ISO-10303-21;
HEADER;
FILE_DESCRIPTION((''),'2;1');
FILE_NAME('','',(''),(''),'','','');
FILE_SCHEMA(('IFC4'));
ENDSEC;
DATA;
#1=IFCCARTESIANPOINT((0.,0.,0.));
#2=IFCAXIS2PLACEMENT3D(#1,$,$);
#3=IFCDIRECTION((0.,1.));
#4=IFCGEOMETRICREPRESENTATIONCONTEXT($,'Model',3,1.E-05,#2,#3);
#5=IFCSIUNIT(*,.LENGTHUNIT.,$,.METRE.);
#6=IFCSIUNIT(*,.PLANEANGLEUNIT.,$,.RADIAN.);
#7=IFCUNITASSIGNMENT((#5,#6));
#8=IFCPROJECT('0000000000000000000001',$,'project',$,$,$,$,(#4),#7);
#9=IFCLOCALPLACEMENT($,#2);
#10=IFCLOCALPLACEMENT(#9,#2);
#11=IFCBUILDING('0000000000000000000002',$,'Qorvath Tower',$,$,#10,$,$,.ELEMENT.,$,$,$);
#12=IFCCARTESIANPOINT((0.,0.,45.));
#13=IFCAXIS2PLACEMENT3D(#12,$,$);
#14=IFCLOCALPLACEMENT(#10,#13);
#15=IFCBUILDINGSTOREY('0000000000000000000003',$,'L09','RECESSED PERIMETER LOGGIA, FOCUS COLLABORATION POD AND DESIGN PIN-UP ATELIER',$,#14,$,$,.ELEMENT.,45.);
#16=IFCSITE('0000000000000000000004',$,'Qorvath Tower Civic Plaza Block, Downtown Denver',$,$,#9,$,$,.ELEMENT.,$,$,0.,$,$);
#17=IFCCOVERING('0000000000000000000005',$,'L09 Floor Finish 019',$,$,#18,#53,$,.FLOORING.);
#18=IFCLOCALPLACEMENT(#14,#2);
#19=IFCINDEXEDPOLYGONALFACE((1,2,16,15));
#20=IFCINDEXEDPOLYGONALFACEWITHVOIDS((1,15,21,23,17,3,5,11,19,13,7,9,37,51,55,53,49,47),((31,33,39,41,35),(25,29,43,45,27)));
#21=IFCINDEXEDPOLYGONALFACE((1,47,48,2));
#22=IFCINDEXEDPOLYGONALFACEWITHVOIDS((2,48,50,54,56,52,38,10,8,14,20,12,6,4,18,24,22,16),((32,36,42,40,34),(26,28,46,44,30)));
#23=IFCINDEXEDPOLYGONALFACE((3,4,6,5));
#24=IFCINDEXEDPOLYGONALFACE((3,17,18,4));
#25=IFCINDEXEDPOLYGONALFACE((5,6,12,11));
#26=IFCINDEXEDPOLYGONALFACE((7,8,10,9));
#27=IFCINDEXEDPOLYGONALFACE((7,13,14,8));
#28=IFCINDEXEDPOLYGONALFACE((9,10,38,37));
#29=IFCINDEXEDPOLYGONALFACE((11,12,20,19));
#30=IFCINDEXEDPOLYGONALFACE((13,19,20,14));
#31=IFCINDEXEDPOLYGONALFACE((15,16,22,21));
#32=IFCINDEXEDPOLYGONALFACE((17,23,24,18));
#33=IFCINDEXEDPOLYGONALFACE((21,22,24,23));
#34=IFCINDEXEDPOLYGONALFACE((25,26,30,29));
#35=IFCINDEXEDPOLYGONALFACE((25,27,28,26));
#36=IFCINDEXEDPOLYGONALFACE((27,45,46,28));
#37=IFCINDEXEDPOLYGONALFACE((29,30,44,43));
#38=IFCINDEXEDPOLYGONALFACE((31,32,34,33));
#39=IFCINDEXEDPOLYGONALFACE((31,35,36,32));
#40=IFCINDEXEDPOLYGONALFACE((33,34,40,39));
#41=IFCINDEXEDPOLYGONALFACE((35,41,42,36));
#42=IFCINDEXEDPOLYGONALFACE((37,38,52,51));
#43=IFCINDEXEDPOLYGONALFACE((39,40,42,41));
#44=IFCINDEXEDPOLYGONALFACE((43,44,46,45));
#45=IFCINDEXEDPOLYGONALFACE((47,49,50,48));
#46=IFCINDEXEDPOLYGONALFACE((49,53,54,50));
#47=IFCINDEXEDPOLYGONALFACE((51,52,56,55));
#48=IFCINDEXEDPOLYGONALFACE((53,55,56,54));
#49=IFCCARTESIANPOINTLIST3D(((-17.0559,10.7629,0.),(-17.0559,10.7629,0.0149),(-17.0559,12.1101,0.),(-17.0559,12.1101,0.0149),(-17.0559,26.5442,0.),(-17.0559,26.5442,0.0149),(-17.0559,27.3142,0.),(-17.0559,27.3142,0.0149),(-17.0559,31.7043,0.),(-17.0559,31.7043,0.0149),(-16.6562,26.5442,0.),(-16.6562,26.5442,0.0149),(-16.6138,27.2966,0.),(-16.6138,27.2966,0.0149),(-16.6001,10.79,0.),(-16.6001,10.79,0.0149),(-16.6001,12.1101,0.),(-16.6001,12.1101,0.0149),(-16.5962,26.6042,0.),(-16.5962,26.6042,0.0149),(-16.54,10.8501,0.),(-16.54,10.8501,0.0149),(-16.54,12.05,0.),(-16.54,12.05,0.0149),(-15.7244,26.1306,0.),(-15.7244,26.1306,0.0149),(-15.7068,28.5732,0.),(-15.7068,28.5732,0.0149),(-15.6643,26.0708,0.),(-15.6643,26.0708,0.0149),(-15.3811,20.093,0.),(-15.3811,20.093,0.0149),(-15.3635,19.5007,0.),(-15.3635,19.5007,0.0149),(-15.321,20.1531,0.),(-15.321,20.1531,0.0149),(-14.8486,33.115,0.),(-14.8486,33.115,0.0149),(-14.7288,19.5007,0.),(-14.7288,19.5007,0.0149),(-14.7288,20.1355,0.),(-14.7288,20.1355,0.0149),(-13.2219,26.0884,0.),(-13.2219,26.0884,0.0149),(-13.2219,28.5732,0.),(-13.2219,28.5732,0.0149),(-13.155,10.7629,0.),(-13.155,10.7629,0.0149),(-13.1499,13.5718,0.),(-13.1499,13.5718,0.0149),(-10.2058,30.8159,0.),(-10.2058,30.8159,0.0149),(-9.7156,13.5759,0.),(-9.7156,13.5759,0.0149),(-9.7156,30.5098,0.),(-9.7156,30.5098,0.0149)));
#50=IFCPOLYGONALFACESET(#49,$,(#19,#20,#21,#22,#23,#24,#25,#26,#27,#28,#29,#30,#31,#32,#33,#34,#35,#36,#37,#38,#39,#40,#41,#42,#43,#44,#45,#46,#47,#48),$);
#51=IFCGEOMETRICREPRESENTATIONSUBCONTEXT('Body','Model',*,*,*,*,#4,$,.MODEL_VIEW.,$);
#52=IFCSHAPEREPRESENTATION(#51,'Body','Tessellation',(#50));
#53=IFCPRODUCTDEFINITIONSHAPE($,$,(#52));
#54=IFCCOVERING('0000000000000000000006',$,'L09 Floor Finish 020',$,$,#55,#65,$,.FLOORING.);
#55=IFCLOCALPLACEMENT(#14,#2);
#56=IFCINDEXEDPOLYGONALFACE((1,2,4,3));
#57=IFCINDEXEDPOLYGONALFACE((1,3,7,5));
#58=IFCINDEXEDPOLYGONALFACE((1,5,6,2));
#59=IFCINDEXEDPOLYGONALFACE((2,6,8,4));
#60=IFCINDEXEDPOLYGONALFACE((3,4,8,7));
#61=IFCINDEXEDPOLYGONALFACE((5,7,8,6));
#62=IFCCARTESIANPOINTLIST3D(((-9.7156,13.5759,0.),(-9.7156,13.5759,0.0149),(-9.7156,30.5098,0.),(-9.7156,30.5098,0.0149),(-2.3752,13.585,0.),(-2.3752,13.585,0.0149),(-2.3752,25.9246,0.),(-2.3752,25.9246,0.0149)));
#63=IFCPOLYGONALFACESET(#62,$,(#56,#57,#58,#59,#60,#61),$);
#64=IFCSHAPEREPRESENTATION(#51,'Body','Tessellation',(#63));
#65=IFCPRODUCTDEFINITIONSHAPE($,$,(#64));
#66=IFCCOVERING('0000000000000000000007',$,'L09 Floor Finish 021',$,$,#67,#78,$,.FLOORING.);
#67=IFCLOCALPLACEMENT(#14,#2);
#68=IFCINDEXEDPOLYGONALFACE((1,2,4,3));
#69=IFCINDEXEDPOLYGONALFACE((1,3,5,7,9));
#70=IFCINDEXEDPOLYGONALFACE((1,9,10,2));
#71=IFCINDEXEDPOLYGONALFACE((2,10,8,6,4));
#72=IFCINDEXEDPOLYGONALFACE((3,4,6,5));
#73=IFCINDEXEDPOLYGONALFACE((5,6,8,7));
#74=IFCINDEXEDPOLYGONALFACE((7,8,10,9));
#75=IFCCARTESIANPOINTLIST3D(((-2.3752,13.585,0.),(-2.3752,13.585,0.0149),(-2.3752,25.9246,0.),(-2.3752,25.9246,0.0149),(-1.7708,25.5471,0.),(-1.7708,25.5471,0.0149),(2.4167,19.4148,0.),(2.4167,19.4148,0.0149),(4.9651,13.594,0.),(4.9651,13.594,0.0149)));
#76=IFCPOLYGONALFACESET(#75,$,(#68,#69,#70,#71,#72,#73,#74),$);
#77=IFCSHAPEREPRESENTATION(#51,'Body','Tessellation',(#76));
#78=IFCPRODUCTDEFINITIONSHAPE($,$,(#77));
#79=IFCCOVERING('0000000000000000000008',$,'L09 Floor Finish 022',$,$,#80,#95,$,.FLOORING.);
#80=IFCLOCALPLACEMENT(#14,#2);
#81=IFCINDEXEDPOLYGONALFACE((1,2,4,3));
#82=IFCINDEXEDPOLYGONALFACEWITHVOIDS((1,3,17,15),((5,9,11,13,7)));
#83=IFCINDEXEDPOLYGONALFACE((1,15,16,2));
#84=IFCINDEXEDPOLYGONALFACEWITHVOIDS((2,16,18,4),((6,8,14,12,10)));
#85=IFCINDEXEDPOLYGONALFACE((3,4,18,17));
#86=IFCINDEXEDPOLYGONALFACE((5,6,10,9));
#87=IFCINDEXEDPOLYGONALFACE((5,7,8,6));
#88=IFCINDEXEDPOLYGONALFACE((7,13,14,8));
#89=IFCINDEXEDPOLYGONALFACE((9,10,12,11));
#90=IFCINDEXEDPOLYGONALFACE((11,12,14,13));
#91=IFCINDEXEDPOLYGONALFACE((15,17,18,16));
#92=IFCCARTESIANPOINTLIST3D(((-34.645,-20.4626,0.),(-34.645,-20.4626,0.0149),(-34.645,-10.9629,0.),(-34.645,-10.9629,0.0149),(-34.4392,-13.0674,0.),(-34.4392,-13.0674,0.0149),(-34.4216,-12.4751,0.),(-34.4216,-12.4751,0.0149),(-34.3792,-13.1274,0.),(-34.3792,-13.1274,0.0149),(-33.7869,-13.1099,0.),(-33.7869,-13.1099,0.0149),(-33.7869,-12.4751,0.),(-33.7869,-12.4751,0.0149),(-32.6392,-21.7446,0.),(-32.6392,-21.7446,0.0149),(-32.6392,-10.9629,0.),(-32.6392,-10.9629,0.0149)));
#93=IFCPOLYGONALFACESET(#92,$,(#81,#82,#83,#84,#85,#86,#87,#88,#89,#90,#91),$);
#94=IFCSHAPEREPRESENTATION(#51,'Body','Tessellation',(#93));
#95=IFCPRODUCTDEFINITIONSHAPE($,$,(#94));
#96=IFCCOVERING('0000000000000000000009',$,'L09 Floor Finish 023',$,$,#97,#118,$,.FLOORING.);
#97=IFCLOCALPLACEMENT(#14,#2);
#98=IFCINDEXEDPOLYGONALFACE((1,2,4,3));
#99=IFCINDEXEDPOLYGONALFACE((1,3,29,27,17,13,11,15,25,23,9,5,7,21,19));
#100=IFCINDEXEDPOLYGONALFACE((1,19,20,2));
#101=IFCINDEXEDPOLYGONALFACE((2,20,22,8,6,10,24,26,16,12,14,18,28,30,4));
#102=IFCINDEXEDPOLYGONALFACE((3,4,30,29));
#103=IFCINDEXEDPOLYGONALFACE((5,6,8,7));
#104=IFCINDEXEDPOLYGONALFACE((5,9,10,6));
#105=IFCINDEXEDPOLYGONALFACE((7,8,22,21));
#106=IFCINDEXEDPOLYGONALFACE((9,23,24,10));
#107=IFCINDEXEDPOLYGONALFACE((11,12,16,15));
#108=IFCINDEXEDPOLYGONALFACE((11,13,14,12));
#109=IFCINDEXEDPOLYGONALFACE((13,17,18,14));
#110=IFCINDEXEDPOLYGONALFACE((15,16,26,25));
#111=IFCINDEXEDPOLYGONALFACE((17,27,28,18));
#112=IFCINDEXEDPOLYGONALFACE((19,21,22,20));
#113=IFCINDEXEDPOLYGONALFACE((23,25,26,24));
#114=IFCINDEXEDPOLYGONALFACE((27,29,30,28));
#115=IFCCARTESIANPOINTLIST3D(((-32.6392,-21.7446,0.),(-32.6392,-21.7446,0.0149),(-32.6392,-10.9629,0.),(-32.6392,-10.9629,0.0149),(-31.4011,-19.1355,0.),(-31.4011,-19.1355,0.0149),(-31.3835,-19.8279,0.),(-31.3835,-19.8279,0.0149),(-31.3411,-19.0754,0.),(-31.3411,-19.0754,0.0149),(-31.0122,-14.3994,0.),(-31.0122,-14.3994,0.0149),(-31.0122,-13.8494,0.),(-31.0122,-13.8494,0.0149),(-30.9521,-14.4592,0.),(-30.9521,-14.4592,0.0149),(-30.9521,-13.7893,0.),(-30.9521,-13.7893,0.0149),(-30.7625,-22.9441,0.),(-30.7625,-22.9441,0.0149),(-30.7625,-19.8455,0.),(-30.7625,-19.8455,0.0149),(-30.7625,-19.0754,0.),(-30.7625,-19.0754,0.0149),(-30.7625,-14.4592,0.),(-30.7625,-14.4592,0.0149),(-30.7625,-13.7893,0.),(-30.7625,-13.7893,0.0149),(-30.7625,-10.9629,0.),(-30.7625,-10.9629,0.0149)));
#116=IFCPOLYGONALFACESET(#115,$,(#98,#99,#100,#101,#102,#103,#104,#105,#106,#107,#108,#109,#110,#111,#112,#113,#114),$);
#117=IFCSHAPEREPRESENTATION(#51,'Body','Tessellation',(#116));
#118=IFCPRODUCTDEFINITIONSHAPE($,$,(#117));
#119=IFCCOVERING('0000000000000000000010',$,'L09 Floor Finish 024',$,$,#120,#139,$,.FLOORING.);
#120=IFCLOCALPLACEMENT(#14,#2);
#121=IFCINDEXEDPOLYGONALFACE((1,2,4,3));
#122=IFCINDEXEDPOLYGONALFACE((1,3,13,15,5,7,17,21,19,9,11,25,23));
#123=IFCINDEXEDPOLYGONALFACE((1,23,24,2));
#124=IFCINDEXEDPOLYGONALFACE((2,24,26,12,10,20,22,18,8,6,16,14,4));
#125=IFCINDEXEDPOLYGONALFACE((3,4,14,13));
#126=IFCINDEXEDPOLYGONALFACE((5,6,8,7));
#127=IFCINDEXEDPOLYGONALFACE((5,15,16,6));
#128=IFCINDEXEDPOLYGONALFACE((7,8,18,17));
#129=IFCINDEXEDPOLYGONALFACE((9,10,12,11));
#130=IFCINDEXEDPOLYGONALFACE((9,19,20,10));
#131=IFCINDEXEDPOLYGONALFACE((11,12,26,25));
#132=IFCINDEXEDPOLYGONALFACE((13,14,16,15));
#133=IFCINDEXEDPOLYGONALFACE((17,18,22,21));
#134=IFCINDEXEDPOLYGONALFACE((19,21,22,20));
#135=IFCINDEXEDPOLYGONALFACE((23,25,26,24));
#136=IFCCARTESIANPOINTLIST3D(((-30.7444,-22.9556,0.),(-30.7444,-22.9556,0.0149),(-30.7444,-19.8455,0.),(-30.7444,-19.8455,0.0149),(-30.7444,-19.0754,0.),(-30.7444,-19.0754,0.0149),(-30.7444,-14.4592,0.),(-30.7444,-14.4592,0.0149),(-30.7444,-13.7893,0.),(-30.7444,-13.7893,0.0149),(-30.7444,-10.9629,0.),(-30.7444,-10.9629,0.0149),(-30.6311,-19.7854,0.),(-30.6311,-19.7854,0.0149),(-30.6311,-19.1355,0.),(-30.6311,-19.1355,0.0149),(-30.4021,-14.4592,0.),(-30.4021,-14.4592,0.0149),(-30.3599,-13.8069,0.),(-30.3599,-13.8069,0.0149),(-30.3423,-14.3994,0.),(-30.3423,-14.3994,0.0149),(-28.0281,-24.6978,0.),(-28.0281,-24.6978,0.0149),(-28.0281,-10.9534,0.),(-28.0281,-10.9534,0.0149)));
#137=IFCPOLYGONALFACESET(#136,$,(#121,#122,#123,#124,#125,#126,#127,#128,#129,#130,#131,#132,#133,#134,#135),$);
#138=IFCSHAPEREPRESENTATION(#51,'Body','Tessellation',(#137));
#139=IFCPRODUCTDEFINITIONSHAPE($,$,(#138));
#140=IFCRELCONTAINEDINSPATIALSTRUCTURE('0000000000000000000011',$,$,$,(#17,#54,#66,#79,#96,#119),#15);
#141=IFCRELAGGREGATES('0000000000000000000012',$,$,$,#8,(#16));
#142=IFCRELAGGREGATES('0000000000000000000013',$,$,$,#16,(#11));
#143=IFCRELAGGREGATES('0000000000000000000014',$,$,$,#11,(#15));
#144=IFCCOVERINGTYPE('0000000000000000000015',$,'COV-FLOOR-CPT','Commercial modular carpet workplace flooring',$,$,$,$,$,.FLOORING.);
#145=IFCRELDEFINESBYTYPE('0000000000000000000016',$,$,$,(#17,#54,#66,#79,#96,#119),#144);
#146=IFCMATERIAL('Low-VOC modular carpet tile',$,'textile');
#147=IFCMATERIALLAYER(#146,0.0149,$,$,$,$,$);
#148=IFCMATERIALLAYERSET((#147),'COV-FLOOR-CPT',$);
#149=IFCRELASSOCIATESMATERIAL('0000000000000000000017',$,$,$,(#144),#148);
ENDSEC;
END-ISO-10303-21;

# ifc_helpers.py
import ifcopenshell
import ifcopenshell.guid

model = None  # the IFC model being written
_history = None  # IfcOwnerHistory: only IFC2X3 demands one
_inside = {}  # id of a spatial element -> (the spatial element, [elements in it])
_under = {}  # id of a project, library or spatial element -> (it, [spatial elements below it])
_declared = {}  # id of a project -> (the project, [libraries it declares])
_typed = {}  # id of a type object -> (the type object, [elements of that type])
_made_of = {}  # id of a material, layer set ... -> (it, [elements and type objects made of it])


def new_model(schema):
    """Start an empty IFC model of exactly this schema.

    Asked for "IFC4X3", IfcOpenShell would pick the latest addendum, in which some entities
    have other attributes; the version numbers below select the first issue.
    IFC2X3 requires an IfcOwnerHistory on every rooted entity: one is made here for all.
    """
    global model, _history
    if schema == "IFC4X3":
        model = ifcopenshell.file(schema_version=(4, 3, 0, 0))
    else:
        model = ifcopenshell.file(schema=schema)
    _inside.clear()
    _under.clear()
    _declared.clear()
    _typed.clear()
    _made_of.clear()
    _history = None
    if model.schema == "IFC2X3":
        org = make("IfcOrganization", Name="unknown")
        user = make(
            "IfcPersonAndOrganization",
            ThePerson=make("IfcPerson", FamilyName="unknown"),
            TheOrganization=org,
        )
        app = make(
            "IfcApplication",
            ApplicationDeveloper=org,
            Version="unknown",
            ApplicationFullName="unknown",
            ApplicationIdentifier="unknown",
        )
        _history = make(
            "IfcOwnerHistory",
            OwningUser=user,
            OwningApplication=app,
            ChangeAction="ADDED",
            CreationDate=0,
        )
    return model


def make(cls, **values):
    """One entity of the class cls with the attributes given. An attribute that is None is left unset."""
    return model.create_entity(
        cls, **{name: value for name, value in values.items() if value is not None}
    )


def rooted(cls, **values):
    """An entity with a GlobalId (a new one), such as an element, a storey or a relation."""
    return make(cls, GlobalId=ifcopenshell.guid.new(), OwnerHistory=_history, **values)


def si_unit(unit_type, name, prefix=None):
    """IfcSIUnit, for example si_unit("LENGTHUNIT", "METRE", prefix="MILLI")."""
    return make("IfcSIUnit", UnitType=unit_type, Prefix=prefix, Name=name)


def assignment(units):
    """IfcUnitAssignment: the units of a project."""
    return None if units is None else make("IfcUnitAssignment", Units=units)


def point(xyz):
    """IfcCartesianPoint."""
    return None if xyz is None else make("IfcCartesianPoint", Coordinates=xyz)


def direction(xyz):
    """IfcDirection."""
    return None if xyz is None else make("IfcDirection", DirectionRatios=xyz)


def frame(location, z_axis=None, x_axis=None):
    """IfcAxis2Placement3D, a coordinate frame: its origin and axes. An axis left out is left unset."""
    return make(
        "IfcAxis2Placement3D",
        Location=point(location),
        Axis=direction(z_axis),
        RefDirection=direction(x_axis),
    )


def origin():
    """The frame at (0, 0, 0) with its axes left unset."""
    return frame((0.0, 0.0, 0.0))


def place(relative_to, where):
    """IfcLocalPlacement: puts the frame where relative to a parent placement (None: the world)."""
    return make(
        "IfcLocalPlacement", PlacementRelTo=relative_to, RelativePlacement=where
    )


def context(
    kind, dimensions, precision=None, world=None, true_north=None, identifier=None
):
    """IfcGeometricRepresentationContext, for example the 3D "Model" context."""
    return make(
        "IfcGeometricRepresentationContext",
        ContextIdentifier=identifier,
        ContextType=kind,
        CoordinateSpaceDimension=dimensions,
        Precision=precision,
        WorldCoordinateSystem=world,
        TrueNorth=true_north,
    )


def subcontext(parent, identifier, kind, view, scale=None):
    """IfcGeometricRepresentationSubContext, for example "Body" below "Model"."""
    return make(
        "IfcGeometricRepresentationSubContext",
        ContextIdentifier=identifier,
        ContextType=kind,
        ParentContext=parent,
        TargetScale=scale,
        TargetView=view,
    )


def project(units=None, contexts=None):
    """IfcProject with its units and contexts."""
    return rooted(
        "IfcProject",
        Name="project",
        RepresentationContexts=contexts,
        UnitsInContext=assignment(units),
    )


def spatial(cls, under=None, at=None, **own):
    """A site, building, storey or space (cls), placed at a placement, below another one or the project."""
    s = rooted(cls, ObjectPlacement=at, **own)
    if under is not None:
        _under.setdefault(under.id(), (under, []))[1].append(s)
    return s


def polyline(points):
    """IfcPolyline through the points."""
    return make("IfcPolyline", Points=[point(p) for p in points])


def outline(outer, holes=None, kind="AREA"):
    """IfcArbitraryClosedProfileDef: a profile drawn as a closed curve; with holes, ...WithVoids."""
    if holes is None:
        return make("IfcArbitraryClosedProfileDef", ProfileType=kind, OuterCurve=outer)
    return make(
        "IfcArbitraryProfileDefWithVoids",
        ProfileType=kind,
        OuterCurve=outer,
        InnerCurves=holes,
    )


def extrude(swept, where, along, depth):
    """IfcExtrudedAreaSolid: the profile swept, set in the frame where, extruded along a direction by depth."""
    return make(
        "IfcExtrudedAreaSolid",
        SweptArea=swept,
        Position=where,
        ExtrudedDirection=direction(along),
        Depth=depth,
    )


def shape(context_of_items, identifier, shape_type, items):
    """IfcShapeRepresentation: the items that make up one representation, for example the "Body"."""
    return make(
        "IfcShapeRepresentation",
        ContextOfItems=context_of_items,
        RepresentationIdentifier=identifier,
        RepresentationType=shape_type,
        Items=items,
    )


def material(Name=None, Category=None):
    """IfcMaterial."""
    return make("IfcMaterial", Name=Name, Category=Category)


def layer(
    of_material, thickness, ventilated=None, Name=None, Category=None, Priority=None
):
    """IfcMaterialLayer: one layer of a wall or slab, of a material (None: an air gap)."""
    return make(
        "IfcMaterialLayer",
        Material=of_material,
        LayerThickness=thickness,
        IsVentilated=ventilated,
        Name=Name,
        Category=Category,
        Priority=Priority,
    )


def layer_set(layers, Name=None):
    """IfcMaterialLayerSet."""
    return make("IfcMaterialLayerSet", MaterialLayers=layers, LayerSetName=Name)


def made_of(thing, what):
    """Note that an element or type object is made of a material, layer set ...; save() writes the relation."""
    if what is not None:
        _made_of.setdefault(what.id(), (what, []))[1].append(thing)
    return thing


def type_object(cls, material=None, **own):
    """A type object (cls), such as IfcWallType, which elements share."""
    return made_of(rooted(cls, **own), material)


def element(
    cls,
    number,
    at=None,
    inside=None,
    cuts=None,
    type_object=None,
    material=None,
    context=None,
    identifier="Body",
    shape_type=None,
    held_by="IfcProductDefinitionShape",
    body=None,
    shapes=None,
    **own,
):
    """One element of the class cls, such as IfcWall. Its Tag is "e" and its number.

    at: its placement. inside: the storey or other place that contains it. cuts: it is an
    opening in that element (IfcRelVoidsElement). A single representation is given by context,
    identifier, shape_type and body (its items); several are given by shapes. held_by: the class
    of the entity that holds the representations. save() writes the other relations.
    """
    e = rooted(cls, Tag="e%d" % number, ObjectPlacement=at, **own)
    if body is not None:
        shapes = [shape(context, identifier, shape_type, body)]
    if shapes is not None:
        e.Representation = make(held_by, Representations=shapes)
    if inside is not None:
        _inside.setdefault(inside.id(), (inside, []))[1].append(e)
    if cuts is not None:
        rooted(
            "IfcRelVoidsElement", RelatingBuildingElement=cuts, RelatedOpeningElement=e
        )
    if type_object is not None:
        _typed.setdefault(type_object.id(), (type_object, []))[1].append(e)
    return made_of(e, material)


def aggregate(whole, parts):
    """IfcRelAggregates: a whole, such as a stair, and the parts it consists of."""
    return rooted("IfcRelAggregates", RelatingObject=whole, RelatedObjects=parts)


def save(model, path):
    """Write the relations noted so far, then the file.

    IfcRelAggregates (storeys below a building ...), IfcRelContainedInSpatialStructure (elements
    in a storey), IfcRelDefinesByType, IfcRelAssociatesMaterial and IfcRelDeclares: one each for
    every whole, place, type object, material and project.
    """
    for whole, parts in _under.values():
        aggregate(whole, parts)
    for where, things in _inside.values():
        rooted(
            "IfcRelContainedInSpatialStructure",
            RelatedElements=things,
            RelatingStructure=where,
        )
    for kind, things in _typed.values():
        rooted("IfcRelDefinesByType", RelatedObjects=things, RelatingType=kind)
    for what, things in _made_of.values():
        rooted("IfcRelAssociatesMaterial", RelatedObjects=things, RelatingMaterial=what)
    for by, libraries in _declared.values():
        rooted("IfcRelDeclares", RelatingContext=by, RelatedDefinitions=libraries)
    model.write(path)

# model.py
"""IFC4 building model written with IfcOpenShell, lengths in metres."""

from ifc_helpers import new_model, si_unit, direction, frame, origin, place, context, subcontext, project, spatial, polyline, outline, extrude, material, layer, layer_set, type_object, element, save


model = new_model("IFC4")

# Units and contexts
model_context = context("Model", 3, precision=1e-05, world=origin(), true_north=direction((0.0, 1.0)))
body_context = subcontext(model_context, "Body", "Model", "MODEL_VIEW")
ifc_project = project(units=[si_unit("LENGTHUNIT", "METRE"), si_unit("PLANEANGLEUNIT", "RADIAN")], contexts=[model_context])

# Site, building, storey
site_placement = place(None, origin())
site = spatial("IfcSite", under=ifc_project, at=site_placement, Name="Qorvath Tower Civic Plaza Block, Downtown Denver", CompositionType="ELEMENT", RefElevation=0.0)
building_placement = place(site_placement, origin())
building = spatial("IfcBuilding", under=site, at=building_placement, Name="Qorvath Tower", CompositionType="ELEMENT")
storey_placement = place(building_placement, frame((0.0, 0.0, 45.0)))
storey = spatial("IfcBuildingStorey", under=building, at=storey_placement, Name="L09", Description="RECESSED PERIMETER LOGGIA, FOCUS COLLABORATION POD AND DESIGN PIN-UP ATELIER", CompositionType="ELEMENT", Elevation=45.0)

# Coverings
ifc_material_1 = material(Name="Low-VOC modular carpet tile", Category="textile")
ifc_layer_1 = layer(ifc_material_1, 0.0149)
ifc_layer_set_1 = layer_set([ifc_layer_1], Name="COV-FLOOR-CPT")
covering_type_1 = type_object("IfcCoveringType", Name="COV-FLOOR-CPT", Description="Commercial modular carpet workplace flooring", PredefinedType="FLOORING", material=ifc_layer_set_1)
covering_1_placement = place(storey_placement, origin())
element("IfcCovering", 1, at=covering_1_placement, inside=storey, type_object=covering_type_1, Name="L09 Floor Finish 019", PredefinedType="FLOORING", context=body_context, shape_type="SweptSolid", body=[
    extrude(outline(polyline([(-16.6562, 26.5442), (-17.0559, 26.5442), (-17.0559, 12.1101), (-16.6001, 12.1101), (-16.54, 12.05), (-16.54, 10.8501), (-16.6001, 10.79), (-17.0559, 10.7629), (-13.155, 10.7629), (-13.1499, 13.5718), (-9.7156, 13.5759), (-9.7156, 30.5098), (-10.2058, 30.8159), (-14.8486, 33.115), (-17.0559, 31.7043), (-17.0559, 27.3142), (-16.6138, 27.2966), (-16.5962, 26.6042), (-16.6562, 26.5442)]), holes=[polyline([(-15.7244, 26.1306), (-15.7068, 28.5732), (-13.2219, 28.5732), (-13.2219, 26.0884), (-15.6643, 26.0708), (-15.7244, 26.1306)]), polyline([(-15.3811, 20.093), (-15.321, 20.1531), (-14.7288, 20.1355), (-14.7288, 19.5007), (-15.3635, 19.5007), (-15.3811, 20.093)])]), origin(), (0.0, 0.0, 1.0), 0.0149),
])
covering_2_placement = place(storey_placement, origin())
element("IfcCovering", 2, at=covering_2_placement, inside=storey, type_object=covering_type_1, Name="L09 Floor Finish 020", PredefinedType="FLOORING", context=body_context, shape_type="SweptSolid", body=[
    extrude(outline(polyline([(-9.7156, 30.5098), (-9.7156, 13.5759), (-2.3752, 13.585), (-2.3752, 25.9246), (-9.7156, 30.5098)])), origin(), (0.0, 0.0, 1.0), 0.0149),
])
covering_3_placement = place(storey_placement, origin())
element("IfcCovering", 3, at=covering_3_placement, inside=storey, type_object=covering_type_1, Name="L09 Floor Finish 021", PredefinedType="FLOORING", context=body_context, shape_type="SweptSolid", body=[
    extrude(outline(polyline([(-2.3752, 25.9246), (-2.3752, 13.585), (4.9651, 13.594), (2.4167, 19.4148), (-1.7708, 25.5471), (-2.3752, 25.9246)])), origin(), (0.0, 0.0, 1.0), 0.0149),
])
covering_4_placement = place(storey_placement, origin())
element("IfcCovering", 4, at=covering_4_placement, inside=storey, type_object=covering_type_1, Name="L09 Floor Finish 022", PredefinedType="FLOORING", context=body_context, shape_type="SweptSolid", body=[
    extrude(outline(polyline([(-32.6392, -21.7446), (-32.6392, -10.9629), (-34.645, -10.9629), (-34.645, -20.4626), (-32.6392, -21.7446)]), holes=[polyline([(-34.4392, -13.0674), (-34.4216, -12.4751), (-33.7869, -12.4751), (-33.7869, -13.1099), (-34.3792, -13.1274), (-34.4392, -13.0674)])]), origin(), (0.0, 0.0, 1.0), 0.0149),
])
covering_5_placement = place(storey_placement, origin())
element("IfcCovering", 5, at=covering_5_placement, inside=storey, type_object=covering_type_1, Name="L09 Floor Finish 023", PredefinedType="FLOORING", context=body_context, shape_type="SweptSolid", body=[
    extrude(outline(polyline([(-31.3411, -19.0754), (-30.7625, -19.0754), (-30.7625, -14.4592), (-30.9521, -14.4592), (-31.0122, -14.3994), (-31.0122, -13.8494), (-30.9521, -13.7893), (-30.7625, -13.7893), (-30.7625, -10.9629), (-32.6392, -10.9629), (-32.6392, -21.7446), (-30.7625, -22.9441), (-30.7625, -19.8455), (-31.3835, -19.8279), (-31.4011, -19.1355), (-31.3411, -19.0754)])), origin(), (0.0, 0.0, 1.0), 0.0149),
])
covering_6_placement = place(storey_placement, origin())
element("IfcCovering", 6, at=covering_6_placement, inside=storey, type_object=covering_type_1, Name="L09 Floor Finish 024", PredefinedType="FLOORING", context=body_context, shape_type="SweptSolid", body=[
    extrude(outline(polyline([(-28.0281, -24.6978), (-28.0281, -10.9534), (-30.7444, -10.9629), (-30.7444, -13.7893), (-30.3599, -13.8069), (-30.3423, -14.3994), (-30.4021, -14.4592), (-30.7444, -14.4592), (-30.7444, -19.0754), (-30.6311, -19.1355), (-30.6311, -19.7854), (-30.7444, -19.8455), (-30.7444, -22.9556), (-28.0281, -24.6978)])), origin(), (0.0, 0.0, 1.0), 0.0149),
])

save(model, "model.ifc")
